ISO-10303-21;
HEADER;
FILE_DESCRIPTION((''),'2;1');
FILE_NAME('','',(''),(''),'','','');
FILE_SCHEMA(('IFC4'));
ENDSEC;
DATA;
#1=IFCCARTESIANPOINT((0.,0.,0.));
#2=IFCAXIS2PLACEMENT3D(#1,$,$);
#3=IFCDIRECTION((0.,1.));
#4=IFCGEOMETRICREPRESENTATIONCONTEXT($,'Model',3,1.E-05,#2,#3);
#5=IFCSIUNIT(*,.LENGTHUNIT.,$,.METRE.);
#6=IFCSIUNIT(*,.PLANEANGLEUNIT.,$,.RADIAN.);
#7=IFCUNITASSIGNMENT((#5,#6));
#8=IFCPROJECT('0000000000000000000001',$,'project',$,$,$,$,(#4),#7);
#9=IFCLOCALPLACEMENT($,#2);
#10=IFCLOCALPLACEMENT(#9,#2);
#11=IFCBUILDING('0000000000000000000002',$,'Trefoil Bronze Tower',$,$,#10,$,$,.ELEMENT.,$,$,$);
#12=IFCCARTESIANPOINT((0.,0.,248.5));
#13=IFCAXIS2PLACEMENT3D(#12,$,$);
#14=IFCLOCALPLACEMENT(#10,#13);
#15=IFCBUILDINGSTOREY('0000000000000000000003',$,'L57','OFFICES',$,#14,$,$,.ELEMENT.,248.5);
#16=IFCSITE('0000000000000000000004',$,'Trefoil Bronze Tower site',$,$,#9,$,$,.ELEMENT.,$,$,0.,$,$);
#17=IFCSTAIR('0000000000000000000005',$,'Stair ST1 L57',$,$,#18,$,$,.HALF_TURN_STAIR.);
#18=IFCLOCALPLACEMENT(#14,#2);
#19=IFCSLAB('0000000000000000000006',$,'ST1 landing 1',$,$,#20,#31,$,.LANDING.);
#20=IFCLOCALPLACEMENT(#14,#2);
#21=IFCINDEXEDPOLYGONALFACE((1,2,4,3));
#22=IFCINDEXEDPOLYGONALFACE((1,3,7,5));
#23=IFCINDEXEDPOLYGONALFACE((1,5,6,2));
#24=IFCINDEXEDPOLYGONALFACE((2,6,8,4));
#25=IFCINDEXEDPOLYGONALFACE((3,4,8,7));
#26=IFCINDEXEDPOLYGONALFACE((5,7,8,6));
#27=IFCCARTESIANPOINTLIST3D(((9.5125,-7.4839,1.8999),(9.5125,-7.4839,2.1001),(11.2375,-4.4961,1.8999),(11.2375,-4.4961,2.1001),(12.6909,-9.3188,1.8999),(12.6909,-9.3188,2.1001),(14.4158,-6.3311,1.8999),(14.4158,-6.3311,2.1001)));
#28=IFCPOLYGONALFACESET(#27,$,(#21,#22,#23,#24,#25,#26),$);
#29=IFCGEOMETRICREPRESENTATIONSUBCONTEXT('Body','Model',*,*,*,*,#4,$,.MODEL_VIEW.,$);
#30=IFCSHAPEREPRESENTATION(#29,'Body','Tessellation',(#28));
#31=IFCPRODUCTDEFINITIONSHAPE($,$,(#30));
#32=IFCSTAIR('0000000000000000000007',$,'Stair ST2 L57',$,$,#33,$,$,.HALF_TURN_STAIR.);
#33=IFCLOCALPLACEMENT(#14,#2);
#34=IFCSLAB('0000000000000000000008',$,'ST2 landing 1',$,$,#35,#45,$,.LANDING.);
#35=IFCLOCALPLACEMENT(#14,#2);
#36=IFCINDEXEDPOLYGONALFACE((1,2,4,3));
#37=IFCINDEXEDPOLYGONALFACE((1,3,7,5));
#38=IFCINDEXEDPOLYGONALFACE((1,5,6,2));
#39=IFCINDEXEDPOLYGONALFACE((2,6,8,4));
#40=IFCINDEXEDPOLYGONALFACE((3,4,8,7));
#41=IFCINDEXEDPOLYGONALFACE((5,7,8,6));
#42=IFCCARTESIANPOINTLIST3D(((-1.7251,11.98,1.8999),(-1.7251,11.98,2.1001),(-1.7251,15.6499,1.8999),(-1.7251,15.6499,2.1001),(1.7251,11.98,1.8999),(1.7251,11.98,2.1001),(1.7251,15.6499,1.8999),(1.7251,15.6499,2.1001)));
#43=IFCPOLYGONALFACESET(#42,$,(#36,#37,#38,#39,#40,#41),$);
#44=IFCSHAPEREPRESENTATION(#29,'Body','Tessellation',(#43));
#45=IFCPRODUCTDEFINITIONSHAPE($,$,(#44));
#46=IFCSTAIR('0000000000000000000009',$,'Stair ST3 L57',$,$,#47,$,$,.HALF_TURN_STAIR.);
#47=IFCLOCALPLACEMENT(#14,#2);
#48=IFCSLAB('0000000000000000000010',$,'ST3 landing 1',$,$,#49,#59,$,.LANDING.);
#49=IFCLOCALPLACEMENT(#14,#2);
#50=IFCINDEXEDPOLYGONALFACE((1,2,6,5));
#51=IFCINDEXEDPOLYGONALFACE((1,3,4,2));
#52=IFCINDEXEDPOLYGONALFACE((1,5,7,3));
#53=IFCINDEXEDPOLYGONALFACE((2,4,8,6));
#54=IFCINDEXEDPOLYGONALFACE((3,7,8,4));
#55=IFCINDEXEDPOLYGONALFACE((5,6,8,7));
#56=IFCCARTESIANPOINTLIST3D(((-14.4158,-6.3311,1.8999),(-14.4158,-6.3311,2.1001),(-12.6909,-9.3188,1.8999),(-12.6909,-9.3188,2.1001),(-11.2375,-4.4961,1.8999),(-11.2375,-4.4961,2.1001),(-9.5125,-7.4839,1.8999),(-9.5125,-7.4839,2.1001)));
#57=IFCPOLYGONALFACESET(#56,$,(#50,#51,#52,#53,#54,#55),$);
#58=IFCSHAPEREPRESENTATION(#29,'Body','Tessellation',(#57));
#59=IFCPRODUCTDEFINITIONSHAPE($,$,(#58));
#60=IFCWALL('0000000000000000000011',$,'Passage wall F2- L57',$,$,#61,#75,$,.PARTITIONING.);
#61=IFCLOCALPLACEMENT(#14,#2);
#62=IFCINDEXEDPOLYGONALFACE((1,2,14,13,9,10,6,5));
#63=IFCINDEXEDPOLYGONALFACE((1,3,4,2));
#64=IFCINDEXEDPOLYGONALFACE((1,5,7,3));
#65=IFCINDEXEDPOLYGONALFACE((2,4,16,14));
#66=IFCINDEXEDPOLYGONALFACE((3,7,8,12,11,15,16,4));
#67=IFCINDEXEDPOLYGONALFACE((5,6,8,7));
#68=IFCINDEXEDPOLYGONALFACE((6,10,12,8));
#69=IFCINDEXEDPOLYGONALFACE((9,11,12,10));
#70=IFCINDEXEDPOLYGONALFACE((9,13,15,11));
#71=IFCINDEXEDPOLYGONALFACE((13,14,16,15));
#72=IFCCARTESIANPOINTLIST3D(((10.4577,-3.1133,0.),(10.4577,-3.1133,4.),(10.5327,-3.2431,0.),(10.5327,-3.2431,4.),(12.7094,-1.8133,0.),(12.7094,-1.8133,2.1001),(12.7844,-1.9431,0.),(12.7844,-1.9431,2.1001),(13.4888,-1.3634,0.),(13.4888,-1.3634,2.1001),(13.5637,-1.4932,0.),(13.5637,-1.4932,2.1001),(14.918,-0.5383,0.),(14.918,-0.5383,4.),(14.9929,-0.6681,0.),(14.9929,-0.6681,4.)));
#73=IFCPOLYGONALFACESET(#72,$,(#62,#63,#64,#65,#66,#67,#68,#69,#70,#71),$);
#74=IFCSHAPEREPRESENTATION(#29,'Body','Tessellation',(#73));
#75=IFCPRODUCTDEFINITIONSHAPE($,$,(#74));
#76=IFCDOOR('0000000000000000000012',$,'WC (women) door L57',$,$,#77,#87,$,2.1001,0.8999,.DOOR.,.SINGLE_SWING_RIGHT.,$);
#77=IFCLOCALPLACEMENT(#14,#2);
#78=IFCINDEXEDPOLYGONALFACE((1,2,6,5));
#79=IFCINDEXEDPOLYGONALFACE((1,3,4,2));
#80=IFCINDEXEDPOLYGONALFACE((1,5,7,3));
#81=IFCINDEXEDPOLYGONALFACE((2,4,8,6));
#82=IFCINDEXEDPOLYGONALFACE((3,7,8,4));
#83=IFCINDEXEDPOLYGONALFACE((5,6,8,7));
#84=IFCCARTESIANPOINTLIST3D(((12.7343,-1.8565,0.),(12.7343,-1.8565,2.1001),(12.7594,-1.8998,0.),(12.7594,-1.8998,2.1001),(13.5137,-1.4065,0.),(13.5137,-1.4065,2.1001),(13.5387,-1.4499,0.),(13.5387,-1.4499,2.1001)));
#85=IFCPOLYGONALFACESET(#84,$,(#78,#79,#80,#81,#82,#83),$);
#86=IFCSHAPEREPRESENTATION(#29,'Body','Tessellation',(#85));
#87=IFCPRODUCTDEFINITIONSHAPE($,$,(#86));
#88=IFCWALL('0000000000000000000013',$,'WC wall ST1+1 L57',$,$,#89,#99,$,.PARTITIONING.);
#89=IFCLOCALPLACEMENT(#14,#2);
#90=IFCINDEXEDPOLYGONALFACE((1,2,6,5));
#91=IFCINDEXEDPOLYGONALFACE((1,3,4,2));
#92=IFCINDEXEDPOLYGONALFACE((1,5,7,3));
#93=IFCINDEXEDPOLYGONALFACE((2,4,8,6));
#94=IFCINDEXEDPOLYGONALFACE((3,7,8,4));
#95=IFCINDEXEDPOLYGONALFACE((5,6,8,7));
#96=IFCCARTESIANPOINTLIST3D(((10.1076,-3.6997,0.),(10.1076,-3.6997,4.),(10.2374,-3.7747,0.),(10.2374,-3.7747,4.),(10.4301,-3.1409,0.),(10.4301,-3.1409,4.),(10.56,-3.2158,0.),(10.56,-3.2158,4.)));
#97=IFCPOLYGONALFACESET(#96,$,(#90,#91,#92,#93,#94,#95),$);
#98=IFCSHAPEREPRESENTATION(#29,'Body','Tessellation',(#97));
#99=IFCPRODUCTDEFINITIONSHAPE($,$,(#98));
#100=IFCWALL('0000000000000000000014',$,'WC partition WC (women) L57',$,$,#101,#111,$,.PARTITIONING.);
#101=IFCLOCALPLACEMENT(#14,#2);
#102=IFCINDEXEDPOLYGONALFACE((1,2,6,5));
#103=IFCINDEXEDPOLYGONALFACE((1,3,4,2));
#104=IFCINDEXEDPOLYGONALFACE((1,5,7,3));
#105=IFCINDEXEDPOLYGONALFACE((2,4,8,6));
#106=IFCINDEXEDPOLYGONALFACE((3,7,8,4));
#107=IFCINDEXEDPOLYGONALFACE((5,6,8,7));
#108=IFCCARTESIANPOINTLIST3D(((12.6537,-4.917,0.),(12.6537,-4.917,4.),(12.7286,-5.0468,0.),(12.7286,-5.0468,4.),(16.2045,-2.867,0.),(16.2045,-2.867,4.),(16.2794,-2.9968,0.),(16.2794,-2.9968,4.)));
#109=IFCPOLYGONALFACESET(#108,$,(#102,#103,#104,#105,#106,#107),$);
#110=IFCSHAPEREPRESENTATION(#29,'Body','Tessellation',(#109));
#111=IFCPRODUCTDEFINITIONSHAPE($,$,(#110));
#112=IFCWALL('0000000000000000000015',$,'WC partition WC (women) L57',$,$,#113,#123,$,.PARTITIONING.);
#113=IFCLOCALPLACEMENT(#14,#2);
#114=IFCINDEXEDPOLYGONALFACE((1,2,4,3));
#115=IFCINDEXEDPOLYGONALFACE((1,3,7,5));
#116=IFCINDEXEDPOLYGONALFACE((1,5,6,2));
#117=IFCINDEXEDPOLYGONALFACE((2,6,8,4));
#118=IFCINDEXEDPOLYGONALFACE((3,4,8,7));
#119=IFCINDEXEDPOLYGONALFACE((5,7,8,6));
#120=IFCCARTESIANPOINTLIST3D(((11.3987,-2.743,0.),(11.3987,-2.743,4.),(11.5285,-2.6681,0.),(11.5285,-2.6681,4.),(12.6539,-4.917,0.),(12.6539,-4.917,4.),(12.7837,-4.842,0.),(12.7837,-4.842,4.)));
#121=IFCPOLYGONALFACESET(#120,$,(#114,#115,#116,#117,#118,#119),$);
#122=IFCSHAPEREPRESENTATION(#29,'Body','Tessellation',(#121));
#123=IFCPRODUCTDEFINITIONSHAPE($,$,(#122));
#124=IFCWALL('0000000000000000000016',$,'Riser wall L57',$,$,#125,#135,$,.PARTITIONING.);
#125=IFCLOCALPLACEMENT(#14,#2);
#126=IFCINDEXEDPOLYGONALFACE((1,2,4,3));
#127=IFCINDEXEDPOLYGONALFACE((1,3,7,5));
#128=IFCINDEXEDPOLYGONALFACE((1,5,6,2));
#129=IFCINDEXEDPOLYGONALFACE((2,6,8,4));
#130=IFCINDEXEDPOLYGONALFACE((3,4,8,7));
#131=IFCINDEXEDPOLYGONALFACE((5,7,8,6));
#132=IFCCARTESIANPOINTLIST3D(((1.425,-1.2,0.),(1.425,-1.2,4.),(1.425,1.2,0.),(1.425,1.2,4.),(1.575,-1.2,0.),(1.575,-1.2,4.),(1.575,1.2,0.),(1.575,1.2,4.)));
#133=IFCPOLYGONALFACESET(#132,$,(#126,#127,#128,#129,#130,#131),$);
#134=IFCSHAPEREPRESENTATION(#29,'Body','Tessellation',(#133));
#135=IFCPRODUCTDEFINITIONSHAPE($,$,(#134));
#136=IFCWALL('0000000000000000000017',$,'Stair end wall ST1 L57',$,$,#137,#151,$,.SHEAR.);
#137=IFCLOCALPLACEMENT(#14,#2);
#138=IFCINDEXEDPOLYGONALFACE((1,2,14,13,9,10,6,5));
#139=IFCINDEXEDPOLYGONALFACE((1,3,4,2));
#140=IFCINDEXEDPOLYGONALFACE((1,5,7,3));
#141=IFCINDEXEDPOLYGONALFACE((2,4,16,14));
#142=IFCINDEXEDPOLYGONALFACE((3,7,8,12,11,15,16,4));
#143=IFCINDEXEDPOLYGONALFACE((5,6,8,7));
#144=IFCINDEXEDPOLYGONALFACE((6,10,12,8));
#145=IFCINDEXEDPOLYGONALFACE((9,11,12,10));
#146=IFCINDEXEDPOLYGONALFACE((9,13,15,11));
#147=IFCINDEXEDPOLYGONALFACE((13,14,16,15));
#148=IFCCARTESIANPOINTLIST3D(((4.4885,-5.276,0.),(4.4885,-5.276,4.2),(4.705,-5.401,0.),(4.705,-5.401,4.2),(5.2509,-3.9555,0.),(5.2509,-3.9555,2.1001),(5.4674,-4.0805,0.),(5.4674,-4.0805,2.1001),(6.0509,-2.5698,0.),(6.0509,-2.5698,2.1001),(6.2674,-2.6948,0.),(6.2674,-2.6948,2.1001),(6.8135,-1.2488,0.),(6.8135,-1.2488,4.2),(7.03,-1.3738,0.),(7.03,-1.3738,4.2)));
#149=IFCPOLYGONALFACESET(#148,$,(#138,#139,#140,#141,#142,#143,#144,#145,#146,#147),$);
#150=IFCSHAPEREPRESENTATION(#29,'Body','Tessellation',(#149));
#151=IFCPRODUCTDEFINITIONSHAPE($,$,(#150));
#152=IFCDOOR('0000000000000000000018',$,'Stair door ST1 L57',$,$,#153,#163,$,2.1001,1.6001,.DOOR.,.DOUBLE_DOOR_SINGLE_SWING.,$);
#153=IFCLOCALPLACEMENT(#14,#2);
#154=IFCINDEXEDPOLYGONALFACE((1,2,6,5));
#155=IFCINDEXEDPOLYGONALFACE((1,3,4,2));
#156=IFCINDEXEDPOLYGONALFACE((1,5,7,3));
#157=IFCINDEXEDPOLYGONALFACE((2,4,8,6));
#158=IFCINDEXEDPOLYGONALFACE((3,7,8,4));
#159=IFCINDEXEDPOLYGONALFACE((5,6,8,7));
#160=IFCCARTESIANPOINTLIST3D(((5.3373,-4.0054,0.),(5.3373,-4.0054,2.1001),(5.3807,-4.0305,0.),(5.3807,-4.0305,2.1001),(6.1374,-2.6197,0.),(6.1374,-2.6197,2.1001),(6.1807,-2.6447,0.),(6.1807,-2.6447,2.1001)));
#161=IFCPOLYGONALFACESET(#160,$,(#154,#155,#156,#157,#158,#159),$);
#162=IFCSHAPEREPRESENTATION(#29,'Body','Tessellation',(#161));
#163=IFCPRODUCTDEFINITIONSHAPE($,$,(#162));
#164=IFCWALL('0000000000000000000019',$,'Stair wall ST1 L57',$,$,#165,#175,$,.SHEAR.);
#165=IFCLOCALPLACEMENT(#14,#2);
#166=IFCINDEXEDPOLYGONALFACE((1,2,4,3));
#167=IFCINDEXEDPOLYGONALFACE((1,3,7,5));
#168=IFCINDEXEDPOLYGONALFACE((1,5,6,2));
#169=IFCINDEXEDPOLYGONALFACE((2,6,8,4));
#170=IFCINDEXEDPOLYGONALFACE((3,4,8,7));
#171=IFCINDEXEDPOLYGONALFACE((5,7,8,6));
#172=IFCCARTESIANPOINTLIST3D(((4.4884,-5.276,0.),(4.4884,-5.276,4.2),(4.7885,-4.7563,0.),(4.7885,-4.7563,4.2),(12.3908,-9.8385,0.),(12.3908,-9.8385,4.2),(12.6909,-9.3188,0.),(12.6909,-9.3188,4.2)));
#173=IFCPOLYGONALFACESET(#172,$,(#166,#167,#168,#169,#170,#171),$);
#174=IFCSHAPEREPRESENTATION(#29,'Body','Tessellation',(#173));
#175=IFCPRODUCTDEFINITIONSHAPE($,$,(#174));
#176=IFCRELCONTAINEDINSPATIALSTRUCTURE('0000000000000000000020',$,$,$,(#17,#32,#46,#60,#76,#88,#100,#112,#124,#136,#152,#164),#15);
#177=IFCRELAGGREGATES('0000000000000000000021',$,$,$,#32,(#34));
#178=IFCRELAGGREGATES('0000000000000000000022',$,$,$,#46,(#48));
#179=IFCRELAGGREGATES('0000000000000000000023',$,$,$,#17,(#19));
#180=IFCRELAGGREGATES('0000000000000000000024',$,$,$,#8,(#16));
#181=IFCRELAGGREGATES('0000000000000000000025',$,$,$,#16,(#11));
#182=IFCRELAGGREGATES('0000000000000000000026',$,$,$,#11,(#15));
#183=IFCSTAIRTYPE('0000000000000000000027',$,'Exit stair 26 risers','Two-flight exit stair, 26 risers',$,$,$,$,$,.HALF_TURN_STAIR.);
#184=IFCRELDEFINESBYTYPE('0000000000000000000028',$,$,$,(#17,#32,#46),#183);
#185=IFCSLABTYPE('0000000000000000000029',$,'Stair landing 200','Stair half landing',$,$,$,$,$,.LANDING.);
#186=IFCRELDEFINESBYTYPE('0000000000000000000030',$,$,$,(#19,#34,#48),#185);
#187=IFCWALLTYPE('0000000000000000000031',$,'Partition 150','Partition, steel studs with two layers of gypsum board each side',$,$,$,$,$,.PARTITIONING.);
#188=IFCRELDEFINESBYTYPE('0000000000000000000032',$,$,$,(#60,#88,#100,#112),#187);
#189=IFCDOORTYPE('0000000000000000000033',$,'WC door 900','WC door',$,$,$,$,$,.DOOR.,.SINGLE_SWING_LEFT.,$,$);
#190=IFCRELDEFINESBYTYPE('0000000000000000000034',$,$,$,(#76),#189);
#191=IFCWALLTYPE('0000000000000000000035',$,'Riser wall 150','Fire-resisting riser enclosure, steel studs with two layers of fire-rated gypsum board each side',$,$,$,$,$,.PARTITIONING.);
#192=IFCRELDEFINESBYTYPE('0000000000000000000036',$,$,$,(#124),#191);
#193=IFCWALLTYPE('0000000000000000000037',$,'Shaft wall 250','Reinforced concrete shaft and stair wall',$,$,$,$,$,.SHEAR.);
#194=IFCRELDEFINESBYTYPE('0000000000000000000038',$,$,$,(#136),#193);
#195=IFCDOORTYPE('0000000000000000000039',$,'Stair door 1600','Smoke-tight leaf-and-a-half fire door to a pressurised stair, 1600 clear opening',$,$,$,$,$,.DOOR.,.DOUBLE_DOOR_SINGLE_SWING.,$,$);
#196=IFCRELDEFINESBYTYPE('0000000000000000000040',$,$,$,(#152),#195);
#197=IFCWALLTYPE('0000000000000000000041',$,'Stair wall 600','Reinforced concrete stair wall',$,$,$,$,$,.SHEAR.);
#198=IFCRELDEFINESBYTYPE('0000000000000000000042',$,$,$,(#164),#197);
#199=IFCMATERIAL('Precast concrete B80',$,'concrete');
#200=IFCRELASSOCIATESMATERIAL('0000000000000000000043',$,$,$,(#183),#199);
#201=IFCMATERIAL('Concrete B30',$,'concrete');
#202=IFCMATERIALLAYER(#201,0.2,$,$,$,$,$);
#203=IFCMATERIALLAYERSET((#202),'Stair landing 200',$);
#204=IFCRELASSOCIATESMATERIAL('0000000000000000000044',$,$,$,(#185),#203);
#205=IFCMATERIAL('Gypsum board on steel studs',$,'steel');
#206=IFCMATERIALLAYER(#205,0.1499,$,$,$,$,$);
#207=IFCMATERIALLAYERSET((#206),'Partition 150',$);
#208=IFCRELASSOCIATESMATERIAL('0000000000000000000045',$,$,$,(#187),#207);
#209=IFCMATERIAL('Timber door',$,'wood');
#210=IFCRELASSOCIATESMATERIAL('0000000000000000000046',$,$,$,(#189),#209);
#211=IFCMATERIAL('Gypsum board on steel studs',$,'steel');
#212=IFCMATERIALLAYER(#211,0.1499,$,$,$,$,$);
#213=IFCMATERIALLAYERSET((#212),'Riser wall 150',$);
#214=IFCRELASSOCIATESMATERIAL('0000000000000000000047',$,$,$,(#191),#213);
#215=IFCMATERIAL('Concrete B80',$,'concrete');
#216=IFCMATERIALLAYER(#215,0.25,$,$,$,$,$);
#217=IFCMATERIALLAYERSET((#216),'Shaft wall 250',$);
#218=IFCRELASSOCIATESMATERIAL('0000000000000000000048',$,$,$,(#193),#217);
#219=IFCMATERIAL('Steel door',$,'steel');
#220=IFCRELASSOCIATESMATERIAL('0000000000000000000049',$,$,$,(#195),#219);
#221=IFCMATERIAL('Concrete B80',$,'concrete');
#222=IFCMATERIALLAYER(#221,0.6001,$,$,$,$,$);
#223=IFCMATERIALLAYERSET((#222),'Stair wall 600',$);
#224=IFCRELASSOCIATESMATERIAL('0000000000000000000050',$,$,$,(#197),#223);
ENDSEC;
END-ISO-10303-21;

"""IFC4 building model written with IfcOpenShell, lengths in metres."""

from ifc_helpers import new_model, si_unit, direction, frame, frame_2d, origin, place, context, subcontext, project, spatial, polyline, rectangle, outline, extrude, material, layer, layer_set, type_object, element, fill, aggregate, save


model = new_model("IFC4")

# Units and contexts
model_context = context("Model", 3, precision=1e-05, world=origin(), true_north=direction((0.0, 1.0)))
body_context = subcontext(model_context, "Body", "Model", "MODEL_VIEW")
ifc_project = project(units=[si_unit("LENGTHUNIT", "METRE"), si_unit("PLANEANGLEUNIT", "RADIAN")], contexts=[model_context])

# Site, building, storey
site_placement = place(None, origin())
site = spatial("IfcSite", under=ifc_project, at=site_placement, Name="Trefoil Bronze Tower site", CompositionType="ELEMENT", RefElevation=0.0)
building_placement = place(site_placement, origin())
building = spatial("IfcBuilding", under=site, at=building_placement, Name="Trefoil Bronze Tower", CompositionType="ELEMENT")
storey_placement = place(building_placement, frame((0.0, 0.0, 248.5)))
storey = spatial("IfcBuildingStorey", under=building, at=storey_placement, Name="L57", Description="OFFICES", CompositionType="ELEMENT", Elevation=248.5)

# Stairs, slabs
ifc_material_1 = material(Name="Precast concrete B80", Category="concrete")
stair_type = type_object("IfcStairType", Name="Exit stair 26 risers", Description="Two-flight exit stair, 26 risers", PredefinedType="HALF_TURN_STAIR", material=ifc_material_1)
stair_1_placement = place(storey_placement, origin())
stair_1 = element("IfcStair", 1, at=stair_1_placement, inside=storey, type_object=stair_type, Name="Stair ST1 L57", PredefinedType="HALF_TURN_STAIR")
ifc_material_2 = material(Name="Concrete B30", Category="concrete")
ifc_layer_1 = layer(ifc_material_2, 0.2)
ifc_layer_set_1 = layer_set([ifc_layer_1], Name="Stair landing 200")
slab_type = type_object("IfcSlabType", Name="Stair landing 200", Description="Stair half landing", PredefinedType="LANDING", material=ifc_layer_set_1)
slab_1_placement = place(storey_placement, frame((0.0, 0.0, 1.8999)))
slab_1 = element("IfcSlab", 2, at=slab_1_placement, type_object=slab_type, Name="ST1 landing 1", PredefinedType="LANDING", context=body_context, shape_type="SweptSolid", body=[
    extrude(outline(polyline([(9.5125, -7.4839), (12.6909, -9.3188), (14.4158, -6.3311), (11.2375, -4.4961), (9.5125, -7.4839)])), origin(), (0.0, 0.0, 1.0), 0.2002),
])
stair_2_placement = place(storey_placement, origin())
stair_2 = element("IfcStair", 3, at=stair_2_placement, inside=storey, type_object=stair_type, Name="Stair ST2 L57", PredefinedType="HALF_TURN_STAIR")
slab_2_placement = place(storey_placement, frame((0.0, 0.0, 1.8999)))
slab_2 = element("IfcSlab", 4, at=slab_2_placement, type_object=slab_type, Name="ST2 landing 1", PredefinedType="LANDING", context=body_context, shape_type="SweptSolid", body=[
    extrude(outline(polyline([(1.7251, 11.98), (1.7251, 15.6499), (-1.7251, 15.6499), (-1.7251, 11.98), (1.7251, 11.98)])), origin(), (0.0, 0.0, 1.0), 0.2002),
])
aggregate(stair_2, [slab_2])
stair_3_placement = place(storey_placement, origin())
stair_3 = element("IfcStair", 5, at=stair_3_placement, inside=storey, type_object=stair_type, Name="Stair ST3 L57", PredefinedType="HALF_TURN_STAIR")
slab_3_placement = place(storey_placement, frame((0.0, 0.0, 1.8999)))
slab_3 = element("IfcSlab", 6, at=slab_3_placement, type_object=slab_type, Name="ST3 landing 1", PredefinedType="LANDING", context=body_context, shape_type="SweptSolid", body=[
    extrude(outline(polyline([(-11.2375, -4.4961), (-14.4158, -6.3311), (-12.6909, -9.3188), (-9.5125, -7.4839), (-11.2375, -4.4961)])), origin(), (0.0, 0.0, 1.0), 0.2002),
])
aggregate(stair_3, [slab_3])

# Wall, opening, door
ifc_material_3 = material(Name="Gypsum board on steel studs", Category="steel")
ifc_layer_2 = layer(ifc_material_3, 0.1499)
ifc_layer_set_2 = layer_set([ifc_layer_2], Name="Partition 150")
wall_type_1 = type_object("IfcWallType", Name="Partition 150", Description="Partition, steel studs with two layers of gypsum board each side", PredefinedType="PARTITIONING", material=ifc_layer_set_2)
wall_1_placement = place(storey_placement, frame((10.4951, -3.1782, 0.0), z_axis=(0.0, 0.0, 1.0), x_axis=(0.866038, 0.499978, 0.0)))
wall_1 = element("IfcWall", 7, at=wall_1_placement, inside=storey, type_object=wall_type_1, Name="Passage wall F2- L57", PredefinedType="PARTITIONING", context=body_context, shape_type="SweptSolid", body=[
    extrude(rectangle(XDim=5.1501, YDim=0.1499, at=frame_2d((2.5752, 0.0))), origin(), (0.0, 0.0, 1.0), 4.0),
])
opening_1_placement = place(wall_1_placement, frame((2.6001, 0.0, 0.0)))
opening_1 = element("IfcOpeningElement", 8, at=opening_1_placement, cuts=wall_1, PredefinedType="OPENING", context=body_context, shape_type="SweptSolid", body=[
    extrude(rectangle(XDim=0.8999, YDim=2.1001, at=frame_2d((0.45, 1.05))), frame((0.0, 0.085, 0.0), z_axis=(0.0, -1.0, 0.0), x_axis=(1.0, 0.0, 0.0)), (0.0, 0.0, 1.0), 0.1699),
])
ifc_material_4 = material(Name="Timber door", Category="wood")
door_type_1 = type_object("IfcDoorType", Name="WC door 900", Description="WC door", OperationType="SINGLE_SWING_LEFT", PredefinedType="DOOR", material=ifc_material_4)
door_1_placement = place(opening_1_placement, frame((0.8999, 0.0, 0.0), z_axis=(0.0, 0.0, 1.0), x_axis=(-1.0, 0.0, 0.0)))
door_1 = element("IfcDoor", 9, at=door_1_placement, inside=storey, type_object=door_type_1, Name="WC (women) door L57", OperationType="SINGLE_SWING_RIGHT", OverallHeight=2.1001, OverallWidth=0.8999, PredefinedType="DOOR", context=body_context, shape_type="SweptSolid", body=[
    extrude(rectangle(XDim=0.8999, YDim=2.1001, at=frame_2d((0.45, 1.05))), frame((0.0, 0.0249, 0.0), z_axis=(0.0, -1.0, 0.0), x_axis=(1.0, 0.0, 0.0)), (0.0, 0.0, 1.0), 0.05),
])
fill(opening_1, door_1)

# Walls
wall_2_placement = place(storey_placement, frame((10.4951, -3.1782, 0.0), z_axis=(0.0, 0.0, 1.0), x_axis=(-0.499843, -0.866116, 0.0)))
element("IfcWall", 10, at=wall_2_placement, inside=storey, type_object=wall_type_1, Name="WC wall ST1+1 L57", PredefinedType="PARTITIONING", context=body_context, shape_type="SweptSolid", body=[
    extrude(rectangle(XDim=0.6453, YDim=0.1499, at=frame_2d((0.3228, 0.0))), origin(), (0.0, 0.0, 1.0), 4.0),
])
wall_3_placement = place(storey_placement, frame((12.6912, -4.9819, 0.0), z_axis=(0.0, 0.0, 1.0), x_axis=(0.866025, 0.500001, 0.0)))
element("IfcWall", 11, at=wall_3_placement, inside=storey, type_object=wall_type_1, Name="WC partition WC (women) L57", PredefinedType="PARTITIONING", context=body_context, shape_type="SweptSolid", body=[
    extrude(rectangle(XDim=4.1001, YDim=0.1499, at=frame_2d((2.05, 0.0))), origin(), (0.0, 0.0, 1.0), 4.0),
])
wall_4_placement = place(storey_placement, frame((11.4636, -2.7056, 0.0), z_axis=(0.0, 0.0, 1.0), x_axis=(0.50002, -0.866014, 0.0)))
element("IfcWall", 12, at=wall_4_placement, inside=storey, type_object=wall_type_1, Name="WC partition WC (women) L57", PredefinedType="PARTITIONING", context=body_context, shape_type="SweptSolid", body=[
    extrude(rectangle(XDim=2.5103, YDim=0.1499, at=frame_2d((1.2551, 0.0))), origin(), (0.0, 0.0, 1.0), 4.0),
])
ifc_material_5 = material(Name="Gypsum board on steel studs", Category="steel")
ifc_layer_3 = layer(ifc_material_5, 0.1499)
ifc_layer_set_3 = layer_set([ifc_layer_3], Name="Riser wall 150")
wall_type_2 = type_object("IfcWallType", Name="Riser wall 150", Description="Fire-resisting riser enclosure, steel studs with two layers of fire-rated gypsum board each side", PredefinedType="PARTITIONING", material=ifc_layer_set_3)
wall_5_placement = place(storey_placement, frame((1.5, -1.2, 0.0), z_axis=(0.0, 0.0, 1.0), x_axis=(0.0, 1.0, 0.0)))
element("IfcWall", 13, at=wall_5_placement, inside=storey, type_object=wall_type_2, Name="Riser wall L57", PredefinedType="PARTITIONING", context=body_context, shape_type="SweptSolid", body=[
    extrude(rectangle(XDim=2.3999, YDim=0.1499, at=frame_2d((1.2, 0.0))), origin(), (0.0, 0.0, 1.0), 4.0),
])

# Wall, opening, door
ifc_material_6 = material(Name="Concrete B80", Category="concrete")
ifc_layer_4 = layer(ifc_material_6, 0.25)
ifc_layer_set_4 = layer_set([ifc_layer_4], Name="Shaft wall 250")
wall_type_3 = type_object("IfcWallType", Name="Shaft wall 250", Description="Reinforced concrete shaft and stair wall", PredefinedType="SHEAR", material=ifc_layer_set_4)
wall_6_placement = place(storey_placement, frame((4.5967, -5.3386, 0.0), z_axis=(0.0, 0.0, 1.0), x_axis=(0.499985, 0.866034, 0.0)))
wall_6 = element("IfcWall", 14, at=wall_6_placement, inside=storey, type_object=wall_type_3, Name="Stair end wall ST1 L57", PredefinedType="SHEAR", context=body_context, shape_type="SweptSolid", body=[
    extrude(rectangle(XDim=4.6501, YDim=0.25, at=frame_2d((2.3252, 0.0))), origin(), (0.0, 0.0, 1.0), 4.2),
])
opening_2_placement = place(wall_6_placement, frame((1.5249, 0.0, 0.0)))
opening_2 = element("IfcOpeningElement", 15, at=opening_2_placement, cuts=wall_6, PredefinedType="OPENING", context=body_context, shape_type="SweptSolid", body=[
    extrude(rectangle(XDim=1.6001, YDim=2.1001, at=frame_2d((0.8, 1.05))), frame((0.0, 0.135, 0.0), z_axis=(0.0, -1.0, 0.0), x_axis=(1.0, 0.0, 0.0)), (0.0, 0.0, 1.0), 0.27),
])
ifc_material_7 = material(Name="Steel door", Category="steel")
door_type_2 = type_object("IfcDoorType", Name="Stair door 1600", Description="Smoke-tight leaf-and-a-half fire door to a pressurised stair, 1600 clear opening", OperationType="DOUBLE_DOOR_SINGLE_SWING", PredefinedType="DOOR", material=ifc_material_7)
door_2_placement = place(opening_2_placement, frame((1.6001, 0.0, 0.0), z_axis=(0.0, 0.0, 1.0), x_axis=(-1.0, 0.0, 0.0)))
door_2 = element("IfcDoor", 16, at=door_2_placement, inside=storey, type_object=door_type_2, Name="Stair door ST1 L57", OperationType="DOUBLE_DOOR_SINGLE_SWING", OverallHeight=2.1001, OverallWidth=1.6001, PredefinedType="DOOR", context=body_context, shape_type="SweptSolid", body=[
    extrude(rectangle(XDim=1.6001, YDim=2.1001, at=frame_2d((0.8, 1.05))), frame((0.0, 0.0249, 0.0), z_axis=(0.0, -1.0, 0.0), x_axis=(1.0, 0.0, 0.0)), (0.0, 0.0, 1.0), 0.05),
])
fill(opening_2, door_2)

# Wall
ifc_material_8 = material(Name="Concrete B80", Category="concrete")
ifc_layer_5 = layer(ifc_material_8, 0.6001)
ifc_layer_set_5 = layer_set([ifc_layer_5], Name="Stair wall 600")
wall_type_4 = type_object("IfcWallType", Name="Stair wall 600", Description="Reinforced concrete stair wall", PredefinedType="SHEAR", material=ifc_layer_set_5)
for number, where, z_axis, x_axis, name in (
    (17, (4.6384, -5.0161, 0.0), (0.0, 0.0, 1.0), (0.866022, -0.500007, 0.0), "Stair wall ST1 L57"),
):
    element("IfcWall", number, at=place(storey_placement, frame(where, z_axis=z_axis, x_axis=x_axis)), inside=storey, type_object=wall_type_4, Name=name, PredefinedType="SHEAR", context=body_context, shape_type="SweptSolid", body=[
        extrude(rectangle(XDim=9.125, YDim=0.6001, at=frame_2d((4.5625, 0.0))), origin(), (0.0, 0.0, 1.0), 4.2),
    ])

aggregate(stair_1, [slab_1])

save(model, "model.ifc")
